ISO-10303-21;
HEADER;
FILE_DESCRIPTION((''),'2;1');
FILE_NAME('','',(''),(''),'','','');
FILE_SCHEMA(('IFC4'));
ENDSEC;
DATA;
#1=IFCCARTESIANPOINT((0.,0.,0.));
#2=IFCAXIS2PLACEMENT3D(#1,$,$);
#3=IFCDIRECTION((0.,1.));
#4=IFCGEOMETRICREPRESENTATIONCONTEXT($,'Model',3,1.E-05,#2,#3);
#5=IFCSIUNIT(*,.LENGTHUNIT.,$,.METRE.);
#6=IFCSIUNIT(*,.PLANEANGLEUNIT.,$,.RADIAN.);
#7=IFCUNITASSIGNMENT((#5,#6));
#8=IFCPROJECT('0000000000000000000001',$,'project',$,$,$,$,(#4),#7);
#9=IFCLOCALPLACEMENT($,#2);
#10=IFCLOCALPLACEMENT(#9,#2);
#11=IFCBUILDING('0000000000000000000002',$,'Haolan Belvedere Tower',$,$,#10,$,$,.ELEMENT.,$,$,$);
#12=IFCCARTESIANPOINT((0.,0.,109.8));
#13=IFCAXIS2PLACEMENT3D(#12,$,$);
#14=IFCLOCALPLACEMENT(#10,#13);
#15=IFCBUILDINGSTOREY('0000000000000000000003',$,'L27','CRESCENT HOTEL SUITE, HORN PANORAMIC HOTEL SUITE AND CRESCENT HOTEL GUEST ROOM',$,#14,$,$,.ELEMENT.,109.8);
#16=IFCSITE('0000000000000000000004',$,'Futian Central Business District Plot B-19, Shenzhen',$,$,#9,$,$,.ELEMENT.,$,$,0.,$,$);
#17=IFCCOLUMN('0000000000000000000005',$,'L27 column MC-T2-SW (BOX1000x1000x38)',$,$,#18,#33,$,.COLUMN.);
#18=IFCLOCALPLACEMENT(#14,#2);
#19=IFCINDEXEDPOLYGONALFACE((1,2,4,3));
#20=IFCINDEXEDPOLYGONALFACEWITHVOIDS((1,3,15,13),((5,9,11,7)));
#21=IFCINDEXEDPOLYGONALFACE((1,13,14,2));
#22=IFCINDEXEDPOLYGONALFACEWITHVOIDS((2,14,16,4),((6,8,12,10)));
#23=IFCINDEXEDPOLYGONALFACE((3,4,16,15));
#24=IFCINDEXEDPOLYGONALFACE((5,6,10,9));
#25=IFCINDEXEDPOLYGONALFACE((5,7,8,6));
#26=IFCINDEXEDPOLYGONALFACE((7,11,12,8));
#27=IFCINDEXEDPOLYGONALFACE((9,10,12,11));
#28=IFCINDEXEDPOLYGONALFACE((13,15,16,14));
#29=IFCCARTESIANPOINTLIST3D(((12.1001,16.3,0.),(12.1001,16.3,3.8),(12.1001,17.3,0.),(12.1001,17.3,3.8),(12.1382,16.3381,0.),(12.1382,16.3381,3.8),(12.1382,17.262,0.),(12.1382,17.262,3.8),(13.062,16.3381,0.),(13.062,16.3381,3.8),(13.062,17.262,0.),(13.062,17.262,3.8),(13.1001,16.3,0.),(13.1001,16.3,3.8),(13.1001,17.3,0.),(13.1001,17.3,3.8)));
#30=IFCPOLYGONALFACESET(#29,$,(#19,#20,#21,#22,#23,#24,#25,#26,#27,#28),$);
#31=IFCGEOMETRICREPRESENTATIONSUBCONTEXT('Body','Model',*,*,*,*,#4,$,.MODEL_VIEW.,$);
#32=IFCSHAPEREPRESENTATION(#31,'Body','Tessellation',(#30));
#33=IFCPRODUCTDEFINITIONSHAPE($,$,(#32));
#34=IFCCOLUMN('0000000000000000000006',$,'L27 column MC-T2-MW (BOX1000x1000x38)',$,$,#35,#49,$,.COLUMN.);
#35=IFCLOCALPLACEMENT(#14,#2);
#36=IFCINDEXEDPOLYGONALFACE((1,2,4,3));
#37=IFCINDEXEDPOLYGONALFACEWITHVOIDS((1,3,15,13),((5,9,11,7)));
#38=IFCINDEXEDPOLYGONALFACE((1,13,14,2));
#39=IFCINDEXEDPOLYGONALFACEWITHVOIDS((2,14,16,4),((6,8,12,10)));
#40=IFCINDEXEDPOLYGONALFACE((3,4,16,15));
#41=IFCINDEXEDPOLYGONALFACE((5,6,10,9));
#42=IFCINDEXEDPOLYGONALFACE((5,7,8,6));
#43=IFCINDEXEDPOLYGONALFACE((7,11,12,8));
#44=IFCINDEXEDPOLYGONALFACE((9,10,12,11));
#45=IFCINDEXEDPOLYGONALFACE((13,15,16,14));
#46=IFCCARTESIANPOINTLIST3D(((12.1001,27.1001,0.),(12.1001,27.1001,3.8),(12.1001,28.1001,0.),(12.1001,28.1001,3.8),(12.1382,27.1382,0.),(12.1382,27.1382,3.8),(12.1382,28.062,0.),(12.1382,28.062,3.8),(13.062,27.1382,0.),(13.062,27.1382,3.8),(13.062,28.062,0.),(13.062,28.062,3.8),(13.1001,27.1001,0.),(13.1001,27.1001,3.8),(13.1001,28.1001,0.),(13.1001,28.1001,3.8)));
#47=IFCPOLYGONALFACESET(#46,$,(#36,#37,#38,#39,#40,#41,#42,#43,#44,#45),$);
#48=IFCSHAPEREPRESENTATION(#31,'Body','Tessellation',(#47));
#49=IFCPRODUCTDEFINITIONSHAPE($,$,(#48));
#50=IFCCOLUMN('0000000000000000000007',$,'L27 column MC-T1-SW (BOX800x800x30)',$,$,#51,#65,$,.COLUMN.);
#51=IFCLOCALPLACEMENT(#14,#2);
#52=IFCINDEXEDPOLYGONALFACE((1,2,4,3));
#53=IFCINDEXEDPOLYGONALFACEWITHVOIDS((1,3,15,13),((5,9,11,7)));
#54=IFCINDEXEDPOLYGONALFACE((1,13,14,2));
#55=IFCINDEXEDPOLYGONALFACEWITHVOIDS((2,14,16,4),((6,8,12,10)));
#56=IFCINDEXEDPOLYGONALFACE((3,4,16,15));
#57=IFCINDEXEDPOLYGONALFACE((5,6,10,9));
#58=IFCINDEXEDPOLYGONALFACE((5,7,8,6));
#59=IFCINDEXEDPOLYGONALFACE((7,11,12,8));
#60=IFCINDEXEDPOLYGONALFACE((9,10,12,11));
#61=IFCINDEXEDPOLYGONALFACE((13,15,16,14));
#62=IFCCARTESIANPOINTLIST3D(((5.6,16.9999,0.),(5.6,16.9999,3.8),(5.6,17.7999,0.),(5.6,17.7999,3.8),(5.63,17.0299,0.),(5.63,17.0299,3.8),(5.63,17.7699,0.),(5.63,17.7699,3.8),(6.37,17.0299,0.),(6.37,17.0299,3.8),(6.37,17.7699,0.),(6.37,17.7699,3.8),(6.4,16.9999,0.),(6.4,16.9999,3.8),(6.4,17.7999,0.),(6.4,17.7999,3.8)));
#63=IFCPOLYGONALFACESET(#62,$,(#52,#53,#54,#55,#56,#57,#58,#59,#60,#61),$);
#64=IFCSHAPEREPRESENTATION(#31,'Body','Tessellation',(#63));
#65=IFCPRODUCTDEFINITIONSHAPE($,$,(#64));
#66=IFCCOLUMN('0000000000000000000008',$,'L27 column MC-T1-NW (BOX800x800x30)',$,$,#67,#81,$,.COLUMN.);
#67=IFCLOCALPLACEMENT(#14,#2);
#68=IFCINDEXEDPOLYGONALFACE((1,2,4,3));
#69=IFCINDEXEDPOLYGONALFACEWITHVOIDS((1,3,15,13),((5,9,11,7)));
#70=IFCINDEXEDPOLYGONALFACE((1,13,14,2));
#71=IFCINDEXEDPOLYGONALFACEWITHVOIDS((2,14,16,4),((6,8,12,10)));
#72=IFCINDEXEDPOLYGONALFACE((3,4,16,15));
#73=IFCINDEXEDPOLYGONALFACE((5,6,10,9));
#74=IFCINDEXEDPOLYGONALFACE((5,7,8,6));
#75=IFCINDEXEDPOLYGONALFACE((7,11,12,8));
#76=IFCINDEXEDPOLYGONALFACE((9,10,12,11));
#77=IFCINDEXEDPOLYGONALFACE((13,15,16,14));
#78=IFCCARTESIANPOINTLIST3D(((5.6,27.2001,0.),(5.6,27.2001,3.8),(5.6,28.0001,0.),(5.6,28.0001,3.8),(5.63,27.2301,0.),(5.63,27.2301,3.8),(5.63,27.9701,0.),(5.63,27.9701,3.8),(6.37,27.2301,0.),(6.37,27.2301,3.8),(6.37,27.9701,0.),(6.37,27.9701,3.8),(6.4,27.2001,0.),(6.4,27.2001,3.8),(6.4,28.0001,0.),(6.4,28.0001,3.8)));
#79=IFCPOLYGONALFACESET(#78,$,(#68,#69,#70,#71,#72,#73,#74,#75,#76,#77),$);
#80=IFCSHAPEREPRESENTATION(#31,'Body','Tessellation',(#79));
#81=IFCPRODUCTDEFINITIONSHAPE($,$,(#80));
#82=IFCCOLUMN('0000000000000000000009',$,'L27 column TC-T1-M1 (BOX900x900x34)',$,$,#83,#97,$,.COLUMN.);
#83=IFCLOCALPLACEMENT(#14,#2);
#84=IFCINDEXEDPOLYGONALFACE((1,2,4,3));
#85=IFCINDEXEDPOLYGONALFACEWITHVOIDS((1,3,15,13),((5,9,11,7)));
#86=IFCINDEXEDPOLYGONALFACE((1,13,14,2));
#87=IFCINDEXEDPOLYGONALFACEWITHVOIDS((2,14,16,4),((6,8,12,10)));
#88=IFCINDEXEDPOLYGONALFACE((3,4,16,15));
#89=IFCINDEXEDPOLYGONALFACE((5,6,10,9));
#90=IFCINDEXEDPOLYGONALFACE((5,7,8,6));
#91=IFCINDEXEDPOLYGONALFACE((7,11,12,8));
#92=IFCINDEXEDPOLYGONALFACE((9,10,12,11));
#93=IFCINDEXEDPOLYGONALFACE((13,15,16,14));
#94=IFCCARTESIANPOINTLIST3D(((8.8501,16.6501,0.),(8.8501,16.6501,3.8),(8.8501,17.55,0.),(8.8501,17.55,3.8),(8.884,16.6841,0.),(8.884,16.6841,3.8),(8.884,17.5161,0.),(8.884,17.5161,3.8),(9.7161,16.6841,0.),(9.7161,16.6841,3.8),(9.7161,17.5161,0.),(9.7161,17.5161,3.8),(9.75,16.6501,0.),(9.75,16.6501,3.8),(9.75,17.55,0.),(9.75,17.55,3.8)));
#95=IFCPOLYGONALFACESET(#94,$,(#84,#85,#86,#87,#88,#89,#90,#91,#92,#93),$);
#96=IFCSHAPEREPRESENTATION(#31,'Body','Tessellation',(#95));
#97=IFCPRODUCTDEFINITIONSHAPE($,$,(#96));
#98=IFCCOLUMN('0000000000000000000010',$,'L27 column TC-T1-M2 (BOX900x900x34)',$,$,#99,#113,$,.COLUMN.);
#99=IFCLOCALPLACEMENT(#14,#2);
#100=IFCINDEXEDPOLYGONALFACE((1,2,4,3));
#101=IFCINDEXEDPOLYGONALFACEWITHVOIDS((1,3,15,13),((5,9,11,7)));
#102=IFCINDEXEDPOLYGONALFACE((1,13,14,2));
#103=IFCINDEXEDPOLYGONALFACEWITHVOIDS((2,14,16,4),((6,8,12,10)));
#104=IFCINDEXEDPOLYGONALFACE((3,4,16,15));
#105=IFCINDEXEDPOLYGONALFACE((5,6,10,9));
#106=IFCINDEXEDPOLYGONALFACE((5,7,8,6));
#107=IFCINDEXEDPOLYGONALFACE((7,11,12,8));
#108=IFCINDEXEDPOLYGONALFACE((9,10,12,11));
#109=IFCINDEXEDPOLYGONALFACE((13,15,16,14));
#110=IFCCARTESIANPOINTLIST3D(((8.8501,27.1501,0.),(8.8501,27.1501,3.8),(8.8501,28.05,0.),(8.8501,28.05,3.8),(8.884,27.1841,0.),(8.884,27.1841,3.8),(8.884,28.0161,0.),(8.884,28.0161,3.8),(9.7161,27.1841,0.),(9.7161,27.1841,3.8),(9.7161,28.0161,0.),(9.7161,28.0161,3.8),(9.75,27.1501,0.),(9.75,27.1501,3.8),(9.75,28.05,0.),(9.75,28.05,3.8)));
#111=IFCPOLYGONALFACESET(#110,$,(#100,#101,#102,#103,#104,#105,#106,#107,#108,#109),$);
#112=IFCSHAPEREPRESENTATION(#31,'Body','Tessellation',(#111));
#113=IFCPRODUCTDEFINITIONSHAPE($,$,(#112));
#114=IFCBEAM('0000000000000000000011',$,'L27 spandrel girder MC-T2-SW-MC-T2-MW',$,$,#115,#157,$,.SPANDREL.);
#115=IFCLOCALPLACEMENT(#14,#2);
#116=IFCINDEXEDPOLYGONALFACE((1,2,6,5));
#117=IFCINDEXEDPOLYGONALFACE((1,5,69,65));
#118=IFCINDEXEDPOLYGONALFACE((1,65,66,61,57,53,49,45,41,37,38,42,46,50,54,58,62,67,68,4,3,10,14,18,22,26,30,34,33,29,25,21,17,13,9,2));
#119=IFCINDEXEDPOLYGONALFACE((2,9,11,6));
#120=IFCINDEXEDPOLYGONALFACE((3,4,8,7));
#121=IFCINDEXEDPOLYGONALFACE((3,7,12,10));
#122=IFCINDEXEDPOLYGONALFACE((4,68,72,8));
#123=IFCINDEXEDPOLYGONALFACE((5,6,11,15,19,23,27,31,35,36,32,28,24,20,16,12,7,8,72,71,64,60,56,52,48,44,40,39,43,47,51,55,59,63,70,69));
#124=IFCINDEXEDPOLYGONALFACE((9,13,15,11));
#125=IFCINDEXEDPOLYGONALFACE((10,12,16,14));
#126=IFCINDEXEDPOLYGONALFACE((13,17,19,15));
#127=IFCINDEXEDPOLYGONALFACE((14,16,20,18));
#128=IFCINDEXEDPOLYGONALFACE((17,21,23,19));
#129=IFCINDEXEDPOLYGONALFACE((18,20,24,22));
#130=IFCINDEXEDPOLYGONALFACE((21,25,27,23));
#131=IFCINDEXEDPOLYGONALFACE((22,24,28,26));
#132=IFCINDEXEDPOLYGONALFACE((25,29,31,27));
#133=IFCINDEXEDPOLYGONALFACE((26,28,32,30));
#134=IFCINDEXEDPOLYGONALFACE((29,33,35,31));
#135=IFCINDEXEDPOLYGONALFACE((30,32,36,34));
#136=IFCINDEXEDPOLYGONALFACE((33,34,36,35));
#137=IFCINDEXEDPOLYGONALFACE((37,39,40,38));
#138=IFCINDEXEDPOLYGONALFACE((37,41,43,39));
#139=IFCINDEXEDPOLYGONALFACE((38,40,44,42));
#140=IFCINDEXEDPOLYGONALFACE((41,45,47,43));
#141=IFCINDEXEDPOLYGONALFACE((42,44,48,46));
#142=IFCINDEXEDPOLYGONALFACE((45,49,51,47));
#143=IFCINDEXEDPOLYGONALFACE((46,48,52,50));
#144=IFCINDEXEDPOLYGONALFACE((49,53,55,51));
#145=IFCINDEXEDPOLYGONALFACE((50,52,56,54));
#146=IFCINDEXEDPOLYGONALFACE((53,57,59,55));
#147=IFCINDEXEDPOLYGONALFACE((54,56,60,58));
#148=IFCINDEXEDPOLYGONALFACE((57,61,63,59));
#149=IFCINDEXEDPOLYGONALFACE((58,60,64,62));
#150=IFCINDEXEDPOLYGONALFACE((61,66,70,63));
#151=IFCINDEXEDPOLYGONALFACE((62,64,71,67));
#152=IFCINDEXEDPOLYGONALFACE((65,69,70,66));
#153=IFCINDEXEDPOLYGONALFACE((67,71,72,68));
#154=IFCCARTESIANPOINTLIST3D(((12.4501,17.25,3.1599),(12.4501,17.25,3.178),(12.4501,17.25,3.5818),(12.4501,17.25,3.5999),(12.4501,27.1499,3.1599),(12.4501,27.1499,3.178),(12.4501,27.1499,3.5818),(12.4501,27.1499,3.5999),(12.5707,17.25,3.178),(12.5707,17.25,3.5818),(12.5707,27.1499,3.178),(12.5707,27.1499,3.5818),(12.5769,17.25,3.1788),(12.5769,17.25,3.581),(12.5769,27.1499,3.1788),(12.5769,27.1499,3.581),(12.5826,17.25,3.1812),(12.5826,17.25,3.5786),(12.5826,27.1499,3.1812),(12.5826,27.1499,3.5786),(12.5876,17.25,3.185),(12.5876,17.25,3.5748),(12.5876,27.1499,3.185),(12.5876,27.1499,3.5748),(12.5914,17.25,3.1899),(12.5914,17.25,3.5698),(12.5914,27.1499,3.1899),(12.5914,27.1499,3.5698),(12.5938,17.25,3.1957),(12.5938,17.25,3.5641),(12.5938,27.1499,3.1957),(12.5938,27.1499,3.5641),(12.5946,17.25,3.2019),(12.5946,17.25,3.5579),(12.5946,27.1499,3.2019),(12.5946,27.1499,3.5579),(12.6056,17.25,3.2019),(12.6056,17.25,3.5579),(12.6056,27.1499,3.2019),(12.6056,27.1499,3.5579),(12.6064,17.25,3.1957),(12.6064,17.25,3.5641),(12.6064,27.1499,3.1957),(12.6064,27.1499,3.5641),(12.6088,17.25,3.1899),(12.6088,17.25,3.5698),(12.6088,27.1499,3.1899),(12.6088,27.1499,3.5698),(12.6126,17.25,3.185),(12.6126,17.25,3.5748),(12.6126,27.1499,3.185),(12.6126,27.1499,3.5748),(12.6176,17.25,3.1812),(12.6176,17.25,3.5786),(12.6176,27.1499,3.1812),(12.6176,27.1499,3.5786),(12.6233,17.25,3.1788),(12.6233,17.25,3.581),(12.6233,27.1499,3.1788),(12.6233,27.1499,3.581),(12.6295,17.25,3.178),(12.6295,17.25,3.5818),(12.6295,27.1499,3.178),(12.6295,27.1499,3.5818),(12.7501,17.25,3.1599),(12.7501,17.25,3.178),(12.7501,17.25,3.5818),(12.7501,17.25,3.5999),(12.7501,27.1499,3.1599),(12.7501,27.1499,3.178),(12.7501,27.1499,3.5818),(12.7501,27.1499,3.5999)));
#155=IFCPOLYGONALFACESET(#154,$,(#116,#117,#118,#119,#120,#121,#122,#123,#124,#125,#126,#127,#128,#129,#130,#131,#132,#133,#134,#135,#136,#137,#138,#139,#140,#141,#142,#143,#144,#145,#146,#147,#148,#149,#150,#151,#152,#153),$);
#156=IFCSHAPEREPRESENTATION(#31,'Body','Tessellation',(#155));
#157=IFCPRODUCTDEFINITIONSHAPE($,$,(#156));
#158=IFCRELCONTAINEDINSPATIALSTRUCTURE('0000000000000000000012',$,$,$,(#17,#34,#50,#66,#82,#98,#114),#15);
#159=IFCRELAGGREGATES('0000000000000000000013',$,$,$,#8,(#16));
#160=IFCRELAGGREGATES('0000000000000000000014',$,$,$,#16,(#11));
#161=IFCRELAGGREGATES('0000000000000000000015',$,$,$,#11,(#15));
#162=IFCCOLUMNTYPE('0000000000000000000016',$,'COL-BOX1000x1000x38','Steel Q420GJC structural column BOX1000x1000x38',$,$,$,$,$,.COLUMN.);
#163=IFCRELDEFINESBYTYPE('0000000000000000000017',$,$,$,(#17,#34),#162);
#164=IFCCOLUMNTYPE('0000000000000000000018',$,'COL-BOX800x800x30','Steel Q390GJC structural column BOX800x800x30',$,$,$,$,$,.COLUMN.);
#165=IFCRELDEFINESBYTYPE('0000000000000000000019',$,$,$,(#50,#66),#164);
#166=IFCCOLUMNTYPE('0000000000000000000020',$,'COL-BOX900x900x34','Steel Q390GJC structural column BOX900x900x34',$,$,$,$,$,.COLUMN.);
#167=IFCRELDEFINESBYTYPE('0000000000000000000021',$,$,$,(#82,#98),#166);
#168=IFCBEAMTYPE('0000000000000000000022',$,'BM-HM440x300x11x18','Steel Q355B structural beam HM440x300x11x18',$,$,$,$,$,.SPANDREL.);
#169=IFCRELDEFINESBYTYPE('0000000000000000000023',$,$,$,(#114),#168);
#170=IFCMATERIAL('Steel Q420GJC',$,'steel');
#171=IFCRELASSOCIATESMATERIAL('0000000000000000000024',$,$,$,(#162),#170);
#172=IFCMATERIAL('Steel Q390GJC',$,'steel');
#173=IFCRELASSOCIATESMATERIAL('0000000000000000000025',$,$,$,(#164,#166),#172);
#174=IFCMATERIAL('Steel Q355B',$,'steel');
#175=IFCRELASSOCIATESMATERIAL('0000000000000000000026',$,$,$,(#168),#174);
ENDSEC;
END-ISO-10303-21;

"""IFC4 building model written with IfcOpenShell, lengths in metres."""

from ifc_helpers import new_model, si_unit, direction, frame, origin, origin_2d, place, context, subcontext, project, spatial, hollow_rectangle, i_section, extrude, material, material_profile, profile_set, type_object, element, save


model = new_model("IFC4")

# Units and contexts
model_context = context("Model", 3, precision=1e-05, world=origin(), true_north=direction((0.0, 1.0)))
body_context = subcontext(model_context, "Body", "Model", "MODEL_VIEW")
ifc_project = project(units=[si_unit("LENGTHUNIT", "METRE"), si_unit("PLANEANGLEUNIT", "RADIAN")], contexts=[model_context])

# Site, building, storey
site_placement = place(None, origin())
site = spatial("IfcSite", under=ifc_project, at=site_placement, Name="Futian Central Business District Plot B-19, Shenzhen", CompositionType="ELEMENT", RefElevation=0.0)
building_placement = place(site_placement, origin())
building = spatial("IfcBuilding", under=site, at=building_placement, Name="Haolan Belvedere Tower", CompositionType="ELEMENT")
storey_placement = place(building_placement, frame((0.0, 0.0, 109.8)))
storey = spatial("IfcBuildingStorey", under=building, at=storey_placement, Name="L27", Description="CRESCENT HOTEL SUITE, HORN PANORAMIC HOTEL SUITE AND CRESCENT HOTEL GUEST ROOM", CompositionType="ELEMENT", Elevation=109.8)

# Columns
ifc_material_1 = material(Name="Steel Q420GJC", Category="steel")
ifc_material_profile_1 = material_profile(ifc_material_1, hollow_rectangle(XDim=1.0, YDim=1.0, WallThickness=0.0381, at=origin_2d()), Name="Steel Q420GJC")
ifc_profile_set_1 = profile_set([ifc_material_profile_1], Name="Steel Q420GJC")
column_type_1 = type_object("IfcColumnType", Name="COL-BOX1000x1000x38", Description="Steel Q420GJC structural column BOX1000x1000x38", PredefinedType="COLUMN", material=ifc_profile_set_1)
for number, where, z_axis, x_axis, name in (
    (1, (12.6001, 16.8, 0.0), (0.0, 0.0, 1.0), (1.0, 0.0, 0.0), "L27 column MC-T2-SW (BOX1000x1000x38)"),
    (2, (12.6001, 27.6001, 0.0), (0.0, 0.0, 1.0), (1.0, 0.0, 0.0), "L27 column MC-T2-MW (BOX1000x1000x38)"),
):
    element("IfcColumn", number, at=place(storey_placement, frame(where, z_axis=z_axis, x_axis=x_axis)), inside=storey, type_object=column_type_1, Name=name, PredefinedType="COLUMN", context=body_context, shape_type="SweptSolid", body=[
        extrude(hollow_rectangle(XDim=1.0, YDim=1.0, WallThickness=0.0381, at=origin_2d()), origin(), (0.0, 0.0, 1.0), 3.8),
    ])
ifc_material_2 = material(Name="Steel Q390GJC", Category="steel")
ifc_material_profile_2 = material_profile(ifc_material_2, hollow_rectangle(XDim=0.8, YDim=0.8, WallThickness=0.03, at=origin_2d()), Name="Steel Q390GJC")
ifc_profile_set_2 = profile_set([ifc_material_profile_2], Name="Steel Q390GJC")
column_type_2 = type_object("IfcColumnType", Name="COL-BOX800x800x30", Description="Steel Q390GJC structural column BOX800x800x30", PredefinedType="COLUMN", material=ifc_profile_set_2)
for number, where, z_axis, x_axis, name in (
    (3, (6.0, 17.3999, 0.0), (0.0, 0.0, 1.0), (1.0, 0.0, 0.0), "L27 column MC-T1-SW (BOX800x800x30)"),
    (4, (6.0, 27.6001, 0.0), (0.0, 0.0, 1.0), (1.0, 0.0, 0.0), "L27 column MC-T1-NW (BOX800x800x30)"),
):
    element("IfcColumn", number, at=place(storey_placement, frame(where, z_axis=z_axis, x_axis=x_axis)), inside=storey, type_object=column_type_2, Name=name, PredefinedType="COLUMN", context=body_context, shape_type="SweptSolid", body=[
        extrude(hollow_rectangle(XDim=0.8, YDim=0.8, WallThickness=0.03, at=origin_2d()), origin(), (0.0, 0.0, 1.0), 3.8),
    ])
ifc_material_profile_3 = material_profile(ifc_material_2, hollow_rectangle(XDim=0.8999, YDim=0.8999, WallThickness=0.0339, at=origin_2d()), Name="Steel Q390GJC")
ifc_profile_set_3 = profile_set([ifc_material_profile_3], Name="Steel Q390GJC")
column_type_3 = type_object("IfcColumnType", Name="COL-BOX900x900x34", Description="Steel Q390GJC structural column BOX900x900x34", PredefinedType="COLUMN", material=ifc_profile_set_3)
for number, where, z_axis, x_axis, name in (
    (5, (9.3, 17.1001, 0.0), (0.0, 0.0, 1.0), (1.0, 0.0, 0.0), "L27 column TC-T1-M1 (BOX900x900x34)"),
    (6, (9.3, 27.6001, 0.0), (0.0, 0.0, 1.0), (1.0, 0.0, 0.0), "L27 column TC-T1-M2 (BOX900x900x34)"),
):
    element("IfcColumn", number, at=place(storey_placement, frame(where, z_axis=z_axis, x_axis=x_axis)), inside=storey, type_object=column_type_3, Name=name, PredefinedType="COLUMN", context=body_context, shape_type="SweptSolid", body=[
        extrude(hollow_rectangle(XDim=0.8999, YDim=0.8999, WallThickness=0.0339, at=origin_2d()), origin(), (0.0, 0.0, 1.0), 3.8),
    ])

# Beam
ifc_material_3 = material(Name="Steel Q355B", Category="steel")
ifc_material_profile_4 = material_profile(ifc_material_3, i_section(OverallWidth=0.3, OverallDepth=0.4399, WebThickness=0.011, FlangeThickness=0.0181, FilletRadius=0.0239, at=origin_2d()), Name="Steel Q355B")
ifc_profile_set_4 = profile_set([ifc_material_profile_4], Name="Steel Q355B")
beam_type_1 = type_object("IfcBeamType", Name="BM-HM440x300x11x18", Description="Steel Q355B structural beam HM440x300x11x18", PredefinedType="SPANDREL", material=ifc_profile_set_4)
beam_1_placement = place(storey_placement, frame((12.6001, 17.25, 3.3799), z_axis=(0.0, 1.0, 0.0), x_axis=(-1.0, 0.0, 0.0)))
element("IfcBeam", 7, at=beam_1_placement, inside=storey, type_object=beam_type_1, Name="L27 spandrel girder MC-T2-SW-MC-T2-MW", PredefinedType="SPANDREL", context=body_context, shape_type="SweptSolid", body=[
    extrude(i_section(OverallWidth=0.3, OverallDepth=0.4399, WebThickness=0.011, FlangeThickness=0.0181, FilletRadius=0.0239, at=origin_2d()), origin(), (0.0, 0.0, 1.0), 9.8999),
])

save(model, "model.ifc")
